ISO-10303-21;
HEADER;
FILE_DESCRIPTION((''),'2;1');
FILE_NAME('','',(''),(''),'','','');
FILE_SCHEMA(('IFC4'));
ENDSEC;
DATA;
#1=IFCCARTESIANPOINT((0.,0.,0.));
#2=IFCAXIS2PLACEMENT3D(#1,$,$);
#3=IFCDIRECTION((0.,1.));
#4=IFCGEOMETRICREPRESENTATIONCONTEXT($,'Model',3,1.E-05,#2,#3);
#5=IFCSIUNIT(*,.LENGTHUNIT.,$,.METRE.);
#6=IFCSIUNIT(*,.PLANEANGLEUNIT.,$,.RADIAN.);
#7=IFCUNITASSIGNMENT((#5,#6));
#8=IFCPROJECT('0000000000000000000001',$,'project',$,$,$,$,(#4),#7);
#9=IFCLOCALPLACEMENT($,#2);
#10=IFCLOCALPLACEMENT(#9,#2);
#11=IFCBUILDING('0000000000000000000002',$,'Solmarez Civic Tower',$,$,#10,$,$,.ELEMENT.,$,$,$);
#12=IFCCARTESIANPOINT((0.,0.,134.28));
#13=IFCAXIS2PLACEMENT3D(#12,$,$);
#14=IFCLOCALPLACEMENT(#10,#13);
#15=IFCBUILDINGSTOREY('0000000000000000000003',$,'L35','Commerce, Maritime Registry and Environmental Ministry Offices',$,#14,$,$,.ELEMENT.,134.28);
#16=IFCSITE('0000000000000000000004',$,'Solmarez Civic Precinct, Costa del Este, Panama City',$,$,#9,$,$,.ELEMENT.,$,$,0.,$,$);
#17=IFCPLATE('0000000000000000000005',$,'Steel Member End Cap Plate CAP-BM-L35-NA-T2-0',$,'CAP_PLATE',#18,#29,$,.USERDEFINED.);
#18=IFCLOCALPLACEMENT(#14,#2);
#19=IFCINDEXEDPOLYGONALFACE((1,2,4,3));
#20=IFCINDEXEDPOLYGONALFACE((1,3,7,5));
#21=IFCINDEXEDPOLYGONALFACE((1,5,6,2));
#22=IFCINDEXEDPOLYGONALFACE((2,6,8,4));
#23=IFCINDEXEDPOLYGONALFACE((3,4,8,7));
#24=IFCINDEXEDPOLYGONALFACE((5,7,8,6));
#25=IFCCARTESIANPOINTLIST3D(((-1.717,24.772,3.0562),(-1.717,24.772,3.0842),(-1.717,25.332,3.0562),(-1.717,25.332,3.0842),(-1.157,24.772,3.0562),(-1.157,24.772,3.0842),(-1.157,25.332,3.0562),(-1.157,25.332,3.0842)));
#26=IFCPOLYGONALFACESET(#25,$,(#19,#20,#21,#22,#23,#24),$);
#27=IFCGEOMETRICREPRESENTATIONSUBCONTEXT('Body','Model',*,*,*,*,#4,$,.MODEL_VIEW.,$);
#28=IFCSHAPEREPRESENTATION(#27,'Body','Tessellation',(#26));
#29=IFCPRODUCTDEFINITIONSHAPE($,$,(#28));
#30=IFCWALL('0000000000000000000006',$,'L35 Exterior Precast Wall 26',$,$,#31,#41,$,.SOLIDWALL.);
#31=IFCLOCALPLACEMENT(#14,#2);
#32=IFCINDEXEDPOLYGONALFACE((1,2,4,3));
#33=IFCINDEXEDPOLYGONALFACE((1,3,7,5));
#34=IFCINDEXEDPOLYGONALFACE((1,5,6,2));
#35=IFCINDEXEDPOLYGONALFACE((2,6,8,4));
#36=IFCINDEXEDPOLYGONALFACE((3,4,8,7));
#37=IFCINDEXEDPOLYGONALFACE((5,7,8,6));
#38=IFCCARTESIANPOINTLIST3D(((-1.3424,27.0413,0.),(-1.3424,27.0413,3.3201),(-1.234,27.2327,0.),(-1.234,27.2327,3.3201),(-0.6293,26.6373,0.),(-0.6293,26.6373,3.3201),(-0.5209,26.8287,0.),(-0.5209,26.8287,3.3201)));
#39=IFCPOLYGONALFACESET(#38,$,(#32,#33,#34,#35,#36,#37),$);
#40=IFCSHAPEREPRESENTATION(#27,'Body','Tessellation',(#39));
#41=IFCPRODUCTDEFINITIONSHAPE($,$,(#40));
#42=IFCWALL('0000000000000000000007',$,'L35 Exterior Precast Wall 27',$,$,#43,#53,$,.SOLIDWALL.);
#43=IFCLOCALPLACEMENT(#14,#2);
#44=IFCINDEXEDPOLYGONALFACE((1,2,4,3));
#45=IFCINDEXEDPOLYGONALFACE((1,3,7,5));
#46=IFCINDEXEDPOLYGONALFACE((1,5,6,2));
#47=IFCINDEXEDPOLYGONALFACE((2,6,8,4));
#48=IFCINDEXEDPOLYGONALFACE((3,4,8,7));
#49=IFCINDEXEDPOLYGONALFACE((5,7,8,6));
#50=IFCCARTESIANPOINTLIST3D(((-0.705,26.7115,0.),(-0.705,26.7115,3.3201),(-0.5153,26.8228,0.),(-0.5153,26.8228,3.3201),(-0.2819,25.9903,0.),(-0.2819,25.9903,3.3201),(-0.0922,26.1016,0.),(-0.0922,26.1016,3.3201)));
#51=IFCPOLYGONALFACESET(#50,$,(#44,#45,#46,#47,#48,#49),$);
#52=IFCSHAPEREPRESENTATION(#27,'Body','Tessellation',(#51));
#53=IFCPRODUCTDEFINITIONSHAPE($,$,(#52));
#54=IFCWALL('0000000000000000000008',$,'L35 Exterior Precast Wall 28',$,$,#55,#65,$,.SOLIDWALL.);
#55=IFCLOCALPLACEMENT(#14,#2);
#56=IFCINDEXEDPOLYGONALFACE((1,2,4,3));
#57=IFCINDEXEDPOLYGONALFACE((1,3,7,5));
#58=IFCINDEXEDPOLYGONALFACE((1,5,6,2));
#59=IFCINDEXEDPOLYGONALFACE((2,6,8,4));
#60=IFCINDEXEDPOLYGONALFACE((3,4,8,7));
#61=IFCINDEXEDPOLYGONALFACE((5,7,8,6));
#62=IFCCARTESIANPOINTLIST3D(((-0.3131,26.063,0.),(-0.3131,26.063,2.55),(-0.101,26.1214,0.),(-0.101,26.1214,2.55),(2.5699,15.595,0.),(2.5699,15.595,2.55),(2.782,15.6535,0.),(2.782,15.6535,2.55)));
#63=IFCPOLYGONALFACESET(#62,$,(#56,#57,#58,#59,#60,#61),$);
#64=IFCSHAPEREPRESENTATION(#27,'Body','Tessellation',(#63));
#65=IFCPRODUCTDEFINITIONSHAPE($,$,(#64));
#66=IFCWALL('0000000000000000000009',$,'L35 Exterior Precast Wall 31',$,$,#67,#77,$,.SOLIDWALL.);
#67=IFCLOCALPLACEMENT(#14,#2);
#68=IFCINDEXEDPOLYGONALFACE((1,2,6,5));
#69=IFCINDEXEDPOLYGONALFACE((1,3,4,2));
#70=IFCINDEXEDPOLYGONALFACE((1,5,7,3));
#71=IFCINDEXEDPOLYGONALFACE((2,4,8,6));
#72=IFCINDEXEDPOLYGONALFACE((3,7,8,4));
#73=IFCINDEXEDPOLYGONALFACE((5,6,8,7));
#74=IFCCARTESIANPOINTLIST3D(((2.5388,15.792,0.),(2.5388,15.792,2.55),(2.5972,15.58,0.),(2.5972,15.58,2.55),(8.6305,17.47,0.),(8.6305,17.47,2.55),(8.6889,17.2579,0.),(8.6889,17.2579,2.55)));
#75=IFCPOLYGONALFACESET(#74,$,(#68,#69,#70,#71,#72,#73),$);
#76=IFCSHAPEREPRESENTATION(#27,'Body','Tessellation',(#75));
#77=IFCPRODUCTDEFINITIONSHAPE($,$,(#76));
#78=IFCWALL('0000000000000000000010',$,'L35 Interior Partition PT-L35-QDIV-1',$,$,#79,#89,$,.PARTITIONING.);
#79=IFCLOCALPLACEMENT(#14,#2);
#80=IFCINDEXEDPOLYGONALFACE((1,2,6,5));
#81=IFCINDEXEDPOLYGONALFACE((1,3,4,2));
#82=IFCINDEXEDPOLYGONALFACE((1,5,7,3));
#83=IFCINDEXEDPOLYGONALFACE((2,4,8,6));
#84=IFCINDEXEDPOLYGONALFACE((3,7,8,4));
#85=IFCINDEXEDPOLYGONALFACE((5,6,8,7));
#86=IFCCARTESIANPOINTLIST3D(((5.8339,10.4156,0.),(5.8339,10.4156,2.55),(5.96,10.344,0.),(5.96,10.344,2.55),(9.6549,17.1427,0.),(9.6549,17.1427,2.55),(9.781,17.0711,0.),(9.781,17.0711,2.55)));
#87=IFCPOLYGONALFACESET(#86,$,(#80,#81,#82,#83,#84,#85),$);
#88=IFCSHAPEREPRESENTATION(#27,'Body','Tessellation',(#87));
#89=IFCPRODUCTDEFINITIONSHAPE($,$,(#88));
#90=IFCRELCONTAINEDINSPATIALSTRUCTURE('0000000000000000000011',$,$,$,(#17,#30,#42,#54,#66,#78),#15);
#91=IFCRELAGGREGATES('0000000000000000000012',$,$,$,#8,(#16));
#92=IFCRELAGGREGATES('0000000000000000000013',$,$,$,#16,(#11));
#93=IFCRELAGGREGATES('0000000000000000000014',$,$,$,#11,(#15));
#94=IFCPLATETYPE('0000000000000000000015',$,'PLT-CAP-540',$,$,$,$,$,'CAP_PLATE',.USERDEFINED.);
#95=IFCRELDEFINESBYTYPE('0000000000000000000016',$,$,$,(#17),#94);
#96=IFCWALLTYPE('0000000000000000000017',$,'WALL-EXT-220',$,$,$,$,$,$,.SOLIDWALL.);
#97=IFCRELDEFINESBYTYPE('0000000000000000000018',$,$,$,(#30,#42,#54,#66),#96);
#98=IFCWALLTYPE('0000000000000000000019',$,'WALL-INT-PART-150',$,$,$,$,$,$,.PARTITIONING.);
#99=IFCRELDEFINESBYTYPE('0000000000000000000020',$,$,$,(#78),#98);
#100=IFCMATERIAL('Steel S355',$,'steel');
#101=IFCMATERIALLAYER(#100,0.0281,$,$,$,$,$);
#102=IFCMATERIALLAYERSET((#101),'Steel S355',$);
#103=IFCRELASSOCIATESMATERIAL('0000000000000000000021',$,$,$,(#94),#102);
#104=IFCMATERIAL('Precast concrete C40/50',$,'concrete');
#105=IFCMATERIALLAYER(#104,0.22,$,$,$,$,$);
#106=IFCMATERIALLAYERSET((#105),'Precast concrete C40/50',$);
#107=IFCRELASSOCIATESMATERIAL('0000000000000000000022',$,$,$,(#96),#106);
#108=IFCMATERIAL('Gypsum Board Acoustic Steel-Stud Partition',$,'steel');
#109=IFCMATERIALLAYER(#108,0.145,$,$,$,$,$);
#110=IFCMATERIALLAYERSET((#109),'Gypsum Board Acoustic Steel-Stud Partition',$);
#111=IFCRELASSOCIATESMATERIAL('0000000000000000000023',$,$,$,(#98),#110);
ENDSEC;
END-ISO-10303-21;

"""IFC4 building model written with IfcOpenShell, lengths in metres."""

from ifc_helpers import new_model, si_unit, direction, frame, frame_2d, origin, origin_2d, place, context, subcontext, project, spatial, rectangle, extrude, material, layer, layer_set, type_object, element, save


model = new_model("IFC4")

# Units and contexts
model_context = context("Model", 3, precision=1e-05, world=origin(), true_north=direction((0.0, 1.0)))
body_context = subcontext(model_context, "Body", "Model", "MODEL_VIEW")
ifc_project = project(units=[si_unit("LENGTHUNIT", "METRE"), si_unit("PLANEANGLEUNIT", "RADIAN")], contexts=[model_context])

# Site, building, storey
site_placement = place(None, origin())
site = spatial("IfcSite", under=ifc_project, at=site_placement, Name="Solmarez Civic Precinct, Costa del Este, Panama City", CompositionType="ELEMENT", RefElevation=0.0)
building_placement = place(site_placement, origin())
building = spatial("IfcBuilding", under=site, at=building_placement, Name="Solmarez Civic Tower", CompositionType="ELEMENT")
storey_placement = place(building_placement, frame((0.0, 0.0, 134.28)))
storey = spatial("IfcBuildingStorey", under=building, at=storey_placement, Name="L35", Description="Commerce, Maritime Registry and Environmental Ministry Offices", CompositionType="ELEMENT", Elevation=134.28)

# Shared definitions
ifc_material_1 = material(Name="Steel S355", Category="steel")

# Plate
ifc_layer_1 = layer(ifc_material_1, 0.0281)
ifc_layer_set_1 = layer_set([ifc_layer_1], Name="Steel S355")
plate_type_1 = type_object("IfcPlateType", Name="PLT-CAP-540", ElementType="CAP_PLATE", PredefinedType="USERDEFINED", material=ifc_layer_set_1)
plate_placement = place(storey_placement, frame((-1.437, 25.052, 3.0562), z_axis=(0.0, 0.0, 1.0), x_axis=(1.0, 0.0, 0.0)))
element("IfcPlate", 1, at=plate_placement, inside=storey, type_object=plate_type_1, Name="Steel Member End Cap Plate CAP-BM-L35-NA-T2-0", ObjectType="CAP_PLATE", PredefinedType="USERDEFINED", context=body_context, shape_type="SweptSolid", body=[
    extrude(rectangle(XDim=0.5601, YDim=0.5601, at=origin_2d()), origin(), (0.0, 0.0, 1.0), 0.0281),
])

# Walls
ifc_material_2 = material(Name="Precast concrete C40/50", Category="concrete")
ifc_layer_2 = layer(ifc_material_2, 0.22)
ifc_layer_set_2 = layer_set([ifc_layer_2], Name="Precast concrete C40/50")
wall_type_1 = type_object("IfcWallType", Name="WALL-EXT-220", PredefinedType="SOLIDWALL", material=ifc_layer_set_2)
wall_1_placement = place(storey_placement, frame((-1.2881, 27.137, 0.0), z_axis=(0.0, 0.0, 1.0), x_axis=(0.870052, -0.49296, 0.0)))
element("IfcWall", 2, at=wall_1_placement, inside=storey, type_object=wall_type_1, Name="L35 Exterior Precast Wall 26", PredefinedType="SOLIDWALL", context=body_context, shape_type="SweptSolid", body=[
    extrude(rectangle(XDim=0.8196, YDim=0.22, at=frame_2d((0.4097, 0.0))), origin(), (0.0, 0.0, 1.0), 3.3201),
])
wall_2_placement = place(storey_placement, frame((-0.6101, 26.7671, 0.0), z_axis=(0.0, 0.0, 1.0), x_axis=(0.506012, -0.862527, 0.0)))
element("IfcWall", 3, at=wall_2_placement, inside=storey, type_object=wall_type_1, Name="L35 Exterior Precast Wall 27", PredefinedType="SOLIDWALL", context=body_context, shape_type="SweptSolid", body=[
    extrude(rectangle(XDim=0.8362, YDim=0.22, at=frame_2d((0.418, 0.0))), origin(), (0.0, 0.0, 1.0), 3.3201),
])
wall_3_placement = place(storey_placement, frame((-0.207, 26.092, 0.0), z_axis=(0.0, 0.0, 1.0), x_axis=(0.265529, -0.964103, 0.0)))
element("IfcWall", 4, at=wall_3_placement, inside=storey, type_object=wall_type_1, Name="L35 Exterior Precast Wall 28", PredefinedType="SOLIDWALL", context=body_context, shape_type="SweptSolid", body=[
    extrude(rectangle(XDim=10.8577, YDim=0.22, at=frame_2d((5.4287, 0.0))), origin(), (0.0, 0.0, 1.0), 2.55),
])
wall_4_placement = place(storey_placement, frame((2.5681, 15.686, 0.0), z_axis=(0.0, 0.0, 1.0), x_axis=(0.964095, 0.265559, 0.0)))
element("IfcWall", 5, at=wall_4_placement, inside=storey, type_object=wall_type_1, Name="L35 Exterior Precast Wall 31", PredefinedType="SOLIDWALL", context=body_context, shape_type="SweptSolid", body=[
    extrude(rectangle(XDim=6.3186, YDim=0.22, at=frame_2d((3.1592, 0.0))), origin(), (0.0, 0.0, 1.0), 2.55),
])
ifc_material_3 = material(Name="Gypsum Board Acoustic Steel-Stud Partition", Category="steel")
ifc_layer_3 = layer(ifc_material_3, 0.145)
ifc_layer_set_3 = layer_set([ifc_layer_3], Name="Gypsum Board Acoustic Steel-Stud Partition")
wall_type_2 = type_object("IfcWallType", Name="WALL-INT-PART-150", PredefinedType="PARTITIONING", material=ifc_layer_set_3)
wall_5_placement = place(storey_placement, frame((5.897, 10.3799, 0.0), z_axis=(0.0, 0.0, 1.0), x_axis=(0.493898, 0.86952, 0.0)))
element("IfcWall", 6, at=wall_5_placement, inside=storey, type_object=wall_type_2, Name="L35 Interior Partition PT-L35-QDIV-1", PredefinedType="PARTITIONING", context=body_context, shape_type="SweptSolid", body=[
    extrude(rectangle(XDim=7.7366, YDim=0.145, at=frame_2d((3.8682, 0.0))), origin(), (0.0, 0.0, 1.0), 2.55),
])

save(model, "model.ifc")
